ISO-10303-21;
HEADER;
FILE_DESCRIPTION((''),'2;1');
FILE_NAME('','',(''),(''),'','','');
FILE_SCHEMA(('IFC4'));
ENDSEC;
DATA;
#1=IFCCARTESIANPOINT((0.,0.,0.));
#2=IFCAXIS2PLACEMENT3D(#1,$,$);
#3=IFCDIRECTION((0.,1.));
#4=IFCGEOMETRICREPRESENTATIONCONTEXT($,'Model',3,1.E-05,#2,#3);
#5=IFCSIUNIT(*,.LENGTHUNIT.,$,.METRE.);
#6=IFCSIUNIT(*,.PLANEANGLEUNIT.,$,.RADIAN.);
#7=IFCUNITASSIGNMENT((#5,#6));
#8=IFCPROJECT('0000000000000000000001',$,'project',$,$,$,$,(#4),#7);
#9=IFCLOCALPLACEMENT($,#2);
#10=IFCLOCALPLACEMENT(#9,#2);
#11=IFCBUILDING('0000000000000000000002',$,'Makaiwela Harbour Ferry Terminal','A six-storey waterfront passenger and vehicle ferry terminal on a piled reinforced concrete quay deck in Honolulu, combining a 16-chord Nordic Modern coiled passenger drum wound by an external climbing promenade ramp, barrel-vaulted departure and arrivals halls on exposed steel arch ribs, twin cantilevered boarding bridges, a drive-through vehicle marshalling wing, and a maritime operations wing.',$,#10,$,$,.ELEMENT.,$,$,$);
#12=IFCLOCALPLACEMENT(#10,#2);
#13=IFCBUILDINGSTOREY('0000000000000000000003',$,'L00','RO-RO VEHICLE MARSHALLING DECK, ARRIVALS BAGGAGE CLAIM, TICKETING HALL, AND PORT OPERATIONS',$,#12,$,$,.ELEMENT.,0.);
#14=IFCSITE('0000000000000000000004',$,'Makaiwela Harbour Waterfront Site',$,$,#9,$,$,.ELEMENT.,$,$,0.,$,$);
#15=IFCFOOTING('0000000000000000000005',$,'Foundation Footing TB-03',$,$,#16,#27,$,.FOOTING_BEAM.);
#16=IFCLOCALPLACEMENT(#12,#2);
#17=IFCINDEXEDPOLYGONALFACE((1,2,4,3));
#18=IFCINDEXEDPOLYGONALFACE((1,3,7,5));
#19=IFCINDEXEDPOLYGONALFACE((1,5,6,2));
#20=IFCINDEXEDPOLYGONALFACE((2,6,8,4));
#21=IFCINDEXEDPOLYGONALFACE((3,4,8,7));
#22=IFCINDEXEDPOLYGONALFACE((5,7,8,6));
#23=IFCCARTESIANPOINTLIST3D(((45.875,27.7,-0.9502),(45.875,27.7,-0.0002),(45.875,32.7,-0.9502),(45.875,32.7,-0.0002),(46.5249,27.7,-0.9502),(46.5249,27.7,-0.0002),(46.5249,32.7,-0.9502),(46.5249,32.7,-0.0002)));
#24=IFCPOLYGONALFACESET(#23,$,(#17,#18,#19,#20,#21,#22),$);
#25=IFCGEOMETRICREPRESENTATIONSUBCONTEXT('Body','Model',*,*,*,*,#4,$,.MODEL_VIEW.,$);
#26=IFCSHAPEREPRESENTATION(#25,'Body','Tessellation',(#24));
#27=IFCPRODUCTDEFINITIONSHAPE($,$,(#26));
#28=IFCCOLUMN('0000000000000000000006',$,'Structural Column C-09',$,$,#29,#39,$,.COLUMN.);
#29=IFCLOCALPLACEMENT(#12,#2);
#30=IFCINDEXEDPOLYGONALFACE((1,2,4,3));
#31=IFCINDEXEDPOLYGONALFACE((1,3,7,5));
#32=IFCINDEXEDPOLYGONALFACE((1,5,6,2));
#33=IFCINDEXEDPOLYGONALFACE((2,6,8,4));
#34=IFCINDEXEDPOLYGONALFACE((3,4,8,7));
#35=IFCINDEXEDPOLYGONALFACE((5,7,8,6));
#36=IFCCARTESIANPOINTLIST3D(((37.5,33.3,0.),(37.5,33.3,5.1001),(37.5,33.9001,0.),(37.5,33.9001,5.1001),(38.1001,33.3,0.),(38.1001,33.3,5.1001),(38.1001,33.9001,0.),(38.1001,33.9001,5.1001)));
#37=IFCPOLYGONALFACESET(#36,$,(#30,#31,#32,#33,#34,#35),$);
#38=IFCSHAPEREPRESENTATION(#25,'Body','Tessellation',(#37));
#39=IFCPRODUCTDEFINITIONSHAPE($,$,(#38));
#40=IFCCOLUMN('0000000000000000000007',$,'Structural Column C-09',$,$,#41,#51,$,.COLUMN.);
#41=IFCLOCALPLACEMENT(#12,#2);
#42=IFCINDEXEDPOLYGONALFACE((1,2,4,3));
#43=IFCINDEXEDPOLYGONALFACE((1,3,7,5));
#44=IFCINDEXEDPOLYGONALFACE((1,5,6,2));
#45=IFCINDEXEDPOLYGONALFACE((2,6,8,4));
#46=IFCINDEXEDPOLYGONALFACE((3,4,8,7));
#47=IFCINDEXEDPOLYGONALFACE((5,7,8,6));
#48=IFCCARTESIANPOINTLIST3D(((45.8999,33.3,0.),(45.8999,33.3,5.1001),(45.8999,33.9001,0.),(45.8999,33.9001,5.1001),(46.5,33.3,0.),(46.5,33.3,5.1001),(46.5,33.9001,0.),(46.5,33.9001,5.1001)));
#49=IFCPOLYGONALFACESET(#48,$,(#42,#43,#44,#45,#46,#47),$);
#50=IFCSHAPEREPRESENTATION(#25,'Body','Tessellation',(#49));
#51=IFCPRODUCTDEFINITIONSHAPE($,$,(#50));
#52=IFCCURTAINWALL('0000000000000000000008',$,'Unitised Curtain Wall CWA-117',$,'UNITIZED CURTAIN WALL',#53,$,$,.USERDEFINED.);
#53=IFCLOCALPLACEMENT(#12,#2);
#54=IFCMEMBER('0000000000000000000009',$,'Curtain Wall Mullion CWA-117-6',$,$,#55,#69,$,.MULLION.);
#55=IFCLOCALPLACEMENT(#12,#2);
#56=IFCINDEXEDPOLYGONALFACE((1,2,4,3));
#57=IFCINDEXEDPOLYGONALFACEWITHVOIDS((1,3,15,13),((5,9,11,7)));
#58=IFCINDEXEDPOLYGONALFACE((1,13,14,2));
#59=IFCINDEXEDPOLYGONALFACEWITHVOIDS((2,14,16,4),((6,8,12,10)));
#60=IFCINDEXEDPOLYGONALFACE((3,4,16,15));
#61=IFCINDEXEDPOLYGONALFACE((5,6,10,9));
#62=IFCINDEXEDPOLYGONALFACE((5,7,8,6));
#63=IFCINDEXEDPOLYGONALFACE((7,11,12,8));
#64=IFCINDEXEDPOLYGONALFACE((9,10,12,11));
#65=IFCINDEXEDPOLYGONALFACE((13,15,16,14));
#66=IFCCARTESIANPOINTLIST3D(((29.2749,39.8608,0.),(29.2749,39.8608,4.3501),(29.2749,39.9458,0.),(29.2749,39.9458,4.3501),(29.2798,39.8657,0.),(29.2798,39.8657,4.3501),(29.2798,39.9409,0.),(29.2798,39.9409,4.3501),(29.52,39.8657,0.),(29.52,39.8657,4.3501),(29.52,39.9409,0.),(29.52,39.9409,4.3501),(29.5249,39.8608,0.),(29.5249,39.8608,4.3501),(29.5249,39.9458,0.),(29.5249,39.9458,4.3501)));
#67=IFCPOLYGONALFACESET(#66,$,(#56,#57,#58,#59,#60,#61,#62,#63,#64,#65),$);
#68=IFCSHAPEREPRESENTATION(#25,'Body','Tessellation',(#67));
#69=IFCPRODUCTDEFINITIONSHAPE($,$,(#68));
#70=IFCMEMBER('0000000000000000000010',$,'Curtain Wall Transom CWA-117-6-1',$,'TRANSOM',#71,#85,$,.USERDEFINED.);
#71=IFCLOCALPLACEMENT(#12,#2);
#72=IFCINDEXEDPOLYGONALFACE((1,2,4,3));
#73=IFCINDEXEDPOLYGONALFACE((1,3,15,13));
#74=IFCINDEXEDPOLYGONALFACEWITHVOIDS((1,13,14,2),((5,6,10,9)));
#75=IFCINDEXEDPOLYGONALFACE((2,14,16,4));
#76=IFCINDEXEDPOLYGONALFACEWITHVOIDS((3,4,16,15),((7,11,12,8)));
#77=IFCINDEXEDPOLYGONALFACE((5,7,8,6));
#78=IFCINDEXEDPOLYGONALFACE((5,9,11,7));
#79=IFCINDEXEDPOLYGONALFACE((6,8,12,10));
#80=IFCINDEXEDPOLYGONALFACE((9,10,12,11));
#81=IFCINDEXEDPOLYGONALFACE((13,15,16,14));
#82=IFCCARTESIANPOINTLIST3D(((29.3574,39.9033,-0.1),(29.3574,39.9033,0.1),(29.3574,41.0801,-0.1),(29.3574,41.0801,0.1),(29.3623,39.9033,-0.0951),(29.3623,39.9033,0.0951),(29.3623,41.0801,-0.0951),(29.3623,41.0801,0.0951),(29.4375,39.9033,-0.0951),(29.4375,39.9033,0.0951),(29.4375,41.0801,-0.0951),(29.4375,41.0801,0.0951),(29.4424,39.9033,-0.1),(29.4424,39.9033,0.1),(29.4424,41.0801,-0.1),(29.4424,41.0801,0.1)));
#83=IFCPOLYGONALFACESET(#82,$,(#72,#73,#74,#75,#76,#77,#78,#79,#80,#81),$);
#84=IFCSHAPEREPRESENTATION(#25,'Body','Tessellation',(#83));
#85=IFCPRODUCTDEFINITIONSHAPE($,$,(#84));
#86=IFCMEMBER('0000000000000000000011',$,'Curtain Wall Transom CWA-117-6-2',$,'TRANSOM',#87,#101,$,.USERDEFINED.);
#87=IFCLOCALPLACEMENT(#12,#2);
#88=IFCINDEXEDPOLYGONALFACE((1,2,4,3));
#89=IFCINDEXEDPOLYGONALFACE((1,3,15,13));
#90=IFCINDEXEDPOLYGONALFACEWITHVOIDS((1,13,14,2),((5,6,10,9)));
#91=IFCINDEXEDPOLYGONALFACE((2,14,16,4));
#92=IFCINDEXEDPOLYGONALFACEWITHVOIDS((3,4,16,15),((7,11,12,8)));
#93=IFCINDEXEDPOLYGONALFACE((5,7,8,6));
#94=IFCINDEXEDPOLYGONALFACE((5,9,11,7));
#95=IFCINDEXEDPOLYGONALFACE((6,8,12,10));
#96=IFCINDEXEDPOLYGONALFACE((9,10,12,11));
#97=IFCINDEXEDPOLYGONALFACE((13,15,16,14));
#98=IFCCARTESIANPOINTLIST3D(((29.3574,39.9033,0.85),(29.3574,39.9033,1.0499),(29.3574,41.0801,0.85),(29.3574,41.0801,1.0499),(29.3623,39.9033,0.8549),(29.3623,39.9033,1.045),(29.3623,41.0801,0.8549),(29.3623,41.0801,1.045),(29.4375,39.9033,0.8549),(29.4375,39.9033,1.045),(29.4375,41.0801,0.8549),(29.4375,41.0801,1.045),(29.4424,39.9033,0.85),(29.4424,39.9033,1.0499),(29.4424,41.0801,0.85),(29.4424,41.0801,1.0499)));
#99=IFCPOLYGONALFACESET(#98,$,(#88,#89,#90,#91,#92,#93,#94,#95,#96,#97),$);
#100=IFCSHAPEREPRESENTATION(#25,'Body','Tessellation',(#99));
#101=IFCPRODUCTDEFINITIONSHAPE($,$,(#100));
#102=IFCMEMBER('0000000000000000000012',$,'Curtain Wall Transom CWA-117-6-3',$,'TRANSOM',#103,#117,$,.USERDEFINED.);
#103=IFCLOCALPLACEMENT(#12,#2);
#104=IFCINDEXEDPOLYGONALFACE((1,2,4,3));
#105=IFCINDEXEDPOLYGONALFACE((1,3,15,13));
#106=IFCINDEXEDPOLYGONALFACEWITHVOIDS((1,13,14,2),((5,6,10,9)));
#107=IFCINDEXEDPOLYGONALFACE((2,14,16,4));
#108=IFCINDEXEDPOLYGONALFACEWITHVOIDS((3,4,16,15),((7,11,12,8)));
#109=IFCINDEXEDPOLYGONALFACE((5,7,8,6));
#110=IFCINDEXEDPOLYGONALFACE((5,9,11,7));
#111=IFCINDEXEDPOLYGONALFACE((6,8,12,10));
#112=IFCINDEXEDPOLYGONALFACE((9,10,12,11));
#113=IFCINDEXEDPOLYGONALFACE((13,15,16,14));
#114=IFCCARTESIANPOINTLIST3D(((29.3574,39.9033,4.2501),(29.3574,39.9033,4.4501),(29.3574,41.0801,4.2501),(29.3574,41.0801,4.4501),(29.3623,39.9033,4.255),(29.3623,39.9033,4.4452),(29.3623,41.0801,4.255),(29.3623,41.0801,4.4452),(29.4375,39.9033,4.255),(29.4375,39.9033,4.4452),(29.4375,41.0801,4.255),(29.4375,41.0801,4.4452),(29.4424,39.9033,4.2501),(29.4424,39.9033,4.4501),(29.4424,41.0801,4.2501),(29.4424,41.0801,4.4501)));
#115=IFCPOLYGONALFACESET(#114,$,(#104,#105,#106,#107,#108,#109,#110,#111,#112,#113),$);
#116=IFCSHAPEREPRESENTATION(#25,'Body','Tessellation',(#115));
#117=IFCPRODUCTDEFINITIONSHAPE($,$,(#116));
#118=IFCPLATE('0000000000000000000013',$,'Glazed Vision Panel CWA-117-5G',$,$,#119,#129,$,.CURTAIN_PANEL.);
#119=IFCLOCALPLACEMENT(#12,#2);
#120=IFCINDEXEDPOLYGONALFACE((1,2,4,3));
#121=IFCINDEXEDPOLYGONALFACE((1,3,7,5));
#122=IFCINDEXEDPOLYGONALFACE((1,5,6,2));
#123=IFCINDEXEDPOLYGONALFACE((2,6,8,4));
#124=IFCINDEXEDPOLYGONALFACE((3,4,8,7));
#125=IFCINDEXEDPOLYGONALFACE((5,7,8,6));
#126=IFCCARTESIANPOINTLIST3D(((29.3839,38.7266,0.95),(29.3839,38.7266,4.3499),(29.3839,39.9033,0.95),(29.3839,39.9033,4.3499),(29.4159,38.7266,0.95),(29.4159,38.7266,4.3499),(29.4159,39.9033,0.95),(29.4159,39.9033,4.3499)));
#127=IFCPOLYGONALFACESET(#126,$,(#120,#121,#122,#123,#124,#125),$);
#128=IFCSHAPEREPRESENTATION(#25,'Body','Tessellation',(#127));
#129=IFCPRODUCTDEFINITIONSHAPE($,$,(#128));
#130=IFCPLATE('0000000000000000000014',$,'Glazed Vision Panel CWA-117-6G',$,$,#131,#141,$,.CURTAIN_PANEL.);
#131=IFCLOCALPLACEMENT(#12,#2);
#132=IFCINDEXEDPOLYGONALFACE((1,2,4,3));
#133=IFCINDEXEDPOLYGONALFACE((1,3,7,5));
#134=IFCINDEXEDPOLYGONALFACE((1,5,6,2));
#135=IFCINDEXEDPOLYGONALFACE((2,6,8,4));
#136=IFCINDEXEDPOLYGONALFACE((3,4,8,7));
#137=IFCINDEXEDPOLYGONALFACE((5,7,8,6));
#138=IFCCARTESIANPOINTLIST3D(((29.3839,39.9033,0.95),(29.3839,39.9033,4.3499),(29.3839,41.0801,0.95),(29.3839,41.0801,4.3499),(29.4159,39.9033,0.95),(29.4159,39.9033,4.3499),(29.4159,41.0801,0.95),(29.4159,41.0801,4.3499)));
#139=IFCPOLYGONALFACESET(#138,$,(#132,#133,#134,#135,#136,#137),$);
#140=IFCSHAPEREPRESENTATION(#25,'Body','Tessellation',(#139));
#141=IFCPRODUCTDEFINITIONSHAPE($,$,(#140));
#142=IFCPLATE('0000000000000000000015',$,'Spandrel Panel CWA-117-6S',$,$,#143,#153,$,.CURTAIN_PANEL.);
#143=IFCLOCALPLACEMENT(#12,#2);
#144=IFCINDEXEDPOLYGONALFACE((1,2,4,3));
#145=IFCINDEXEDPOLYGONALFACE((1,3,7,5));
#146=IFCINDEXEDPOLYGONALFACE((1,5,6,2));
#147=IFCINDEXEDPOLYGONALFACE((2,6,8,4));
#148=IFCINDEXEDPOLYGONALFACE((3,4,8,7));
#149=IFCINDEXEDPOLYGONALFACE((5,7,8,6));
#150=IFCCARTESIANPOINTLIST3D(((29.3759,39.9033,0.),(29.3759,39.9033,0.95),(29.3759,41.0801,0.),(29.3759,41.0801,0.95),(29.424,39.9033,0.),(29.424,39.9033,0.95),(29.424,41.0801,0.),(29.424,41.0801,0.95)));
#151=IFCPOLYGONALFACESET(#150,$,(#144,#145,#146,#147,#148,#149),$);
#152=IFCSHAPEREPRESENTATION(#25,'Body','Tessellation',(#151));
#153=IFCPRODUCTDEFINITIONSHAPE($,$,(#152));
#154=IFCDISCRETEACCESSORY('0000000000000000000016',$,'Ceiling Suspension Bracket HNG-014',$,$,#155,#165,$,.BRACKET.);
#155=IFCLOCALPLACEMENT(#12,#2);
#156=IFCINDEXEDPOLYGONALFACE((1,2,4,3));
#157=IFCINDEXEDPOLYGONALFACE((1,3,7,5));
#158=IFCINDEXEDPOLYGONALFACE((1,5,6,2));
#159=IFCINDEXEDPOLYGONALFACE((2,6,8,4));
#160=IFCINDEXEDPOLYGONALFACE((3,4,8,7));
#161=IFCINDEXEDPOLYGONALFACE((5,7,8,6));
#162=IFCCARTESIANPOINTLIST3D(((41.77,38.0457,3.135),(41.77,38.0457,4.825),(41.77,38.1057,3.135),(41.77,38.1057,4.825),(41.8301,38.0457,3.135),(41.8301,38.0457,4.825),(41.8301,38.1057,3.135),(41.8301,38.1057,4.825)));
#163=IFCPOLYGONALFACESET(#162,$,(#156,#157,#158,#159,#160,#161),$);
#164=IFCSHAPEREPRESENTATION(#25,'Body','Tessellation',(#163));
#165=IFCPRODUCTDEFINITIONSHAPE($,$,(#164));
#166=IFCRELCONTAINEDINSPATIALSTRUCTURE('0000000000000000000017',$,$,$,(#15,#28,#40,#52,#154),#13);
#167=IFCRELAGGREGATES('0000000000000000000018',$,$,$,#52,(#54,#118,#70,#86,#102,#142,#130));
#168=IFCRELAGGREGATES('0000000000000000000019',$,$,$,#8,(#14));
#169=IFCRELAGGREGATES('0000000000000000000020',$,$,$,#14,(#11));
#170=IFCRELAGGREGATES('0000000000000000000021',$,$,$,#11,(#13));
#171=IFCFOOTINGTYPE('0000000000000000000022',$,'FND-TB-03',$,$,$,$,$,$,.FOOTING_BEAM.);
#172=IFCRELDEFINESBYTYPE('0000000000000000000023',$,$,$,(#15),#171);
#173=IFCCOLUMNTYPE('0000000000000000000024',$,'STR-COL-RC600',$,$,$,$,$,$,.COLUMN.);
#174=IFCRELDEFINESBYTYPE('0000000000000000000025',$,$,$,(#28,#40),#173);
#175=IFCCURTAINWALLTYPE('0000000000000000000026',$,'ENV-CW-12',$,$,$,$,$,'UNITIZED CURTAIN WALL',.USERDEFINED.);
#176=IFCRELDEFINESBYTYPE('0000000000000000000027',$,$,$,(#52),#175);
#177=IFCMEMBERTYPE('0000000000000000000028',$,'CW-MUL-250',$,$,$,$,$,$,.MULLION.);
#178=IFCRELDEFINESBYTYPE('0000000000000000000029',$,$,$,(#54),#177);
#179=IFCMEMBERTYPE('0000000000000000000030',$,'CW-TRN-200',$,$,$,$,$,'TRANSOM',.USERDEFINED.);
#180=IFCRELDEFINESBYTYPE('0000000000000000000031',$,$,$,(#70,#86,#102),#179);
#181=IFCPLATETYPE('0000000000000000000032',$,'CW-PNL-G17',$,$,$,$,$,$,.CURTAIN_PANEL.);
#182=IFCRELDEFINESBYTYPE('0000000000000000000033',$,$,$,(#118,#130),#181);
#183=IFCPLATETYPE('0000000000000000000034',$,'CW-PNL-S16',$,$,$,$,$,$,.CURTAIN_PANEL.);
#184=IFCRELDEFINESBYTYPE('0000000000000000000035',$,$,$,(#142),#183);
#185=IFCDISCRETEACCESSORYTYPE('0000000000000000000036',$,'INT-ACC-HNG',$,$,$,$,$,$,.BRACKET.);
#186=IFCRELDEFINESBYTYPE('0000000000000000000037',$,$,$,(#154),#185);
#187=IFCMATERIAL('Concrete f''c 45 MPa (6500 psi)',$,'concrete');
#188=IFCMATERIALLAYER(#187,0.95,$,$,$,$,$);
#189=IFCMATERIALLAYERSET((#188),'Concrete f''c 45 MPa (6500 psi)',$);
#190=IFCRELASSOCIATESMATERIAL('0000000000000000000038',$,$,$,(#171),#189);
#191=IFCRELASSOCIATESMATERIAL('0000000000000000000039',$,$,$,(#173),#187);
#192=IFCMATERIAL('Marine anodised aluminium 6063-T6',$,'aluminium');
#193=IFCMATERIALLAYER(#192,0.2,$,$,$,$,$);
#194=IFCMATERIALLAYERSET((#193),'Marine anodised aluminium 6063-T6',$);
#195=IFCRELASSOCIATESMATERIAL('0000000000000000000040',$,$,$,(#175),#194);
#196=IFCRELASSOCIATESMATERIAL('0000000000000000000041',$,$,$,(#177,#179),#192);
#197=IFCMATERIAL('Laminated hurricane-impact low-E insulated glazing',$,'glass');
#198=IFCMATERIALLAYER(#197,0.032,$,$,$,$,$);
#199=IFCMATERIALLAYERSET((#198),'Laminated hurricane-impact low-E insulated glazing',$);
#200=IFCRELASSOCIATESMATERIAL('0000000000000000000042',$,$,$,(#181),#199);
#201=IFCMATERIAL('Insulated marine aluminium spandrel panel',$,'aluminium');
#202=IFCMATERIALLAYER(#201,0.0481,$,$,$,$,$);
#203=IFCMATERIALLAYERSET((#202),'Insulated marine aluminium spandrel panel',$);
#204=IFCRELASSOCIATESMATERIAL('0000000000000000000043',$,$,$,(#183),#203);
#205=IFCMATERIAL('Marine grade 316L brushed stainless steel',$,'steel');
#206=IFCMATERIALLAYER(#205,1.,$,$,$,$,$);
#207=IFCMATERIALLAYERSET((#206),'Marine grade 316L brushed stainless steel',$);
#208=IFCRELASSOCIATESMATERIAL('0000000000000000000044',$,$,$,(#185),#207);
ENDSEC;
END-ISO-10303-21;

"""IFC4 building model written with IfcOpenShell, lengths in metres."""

from ifc_helpers import new_model, si_unit, direction, frame, origin, origin_2d, place, context, subcontext, project, spatial, rectangle, hollow_rectangle, extrude, material, layer, layer_set, material_profile, profile_set, type_object, element, aggregate, save


model = new_model("IFC4")

# Units and contexts
model_context = context("Model", 3, precision=1e-05, world=origin(), true_north=direction((0.0, 1.0)))
body_context = subcontext(model_context, "Body", "Model", "MODEL_VIEW")
ifc_project = project(units=[si_unit("LENGTHUNIT", "METRE"), si_unit("PLANEANGLEUNIT", "RADIAN")], contexts=[model_context])

# Site, building, storey
site_placement = place(None, origin())
site = spatial("IfcSite", under=ifc_project, at=site_placement, Name="Makaiwela Harbour Waterfront Site", CompositionType="ELEMENT", RefElevation=0.0)
building_placement = place(site_placement, origin())
building = spatial("IfcBuilding", under=site, at=building_placement, Name="Makaiwela Harbour Ferry Terminal", Description="A six-storey waterfront passenger and vehicle ferry terminal on a piled reinforced concrete quay deck in Honolulu, combining a 16-chord Nordic Modern coiled passenger drum wound by an external climbing promenade ramp, barrel-vaulted departure and arrivals halls on exposed steel arch ribs, twin cantilevered boarding bridges, a drive-through vehicle marshalling wing, and a maritime operations wing.", CompositionType="ELEMENT")
storey_placement = place(building_placement, origin())
storey = spatial("IfcBuildingStorey", under=building, at=storey_placement, Name="L00", Description="RO-RO VEHICLE MARSHALLING DECK, ARRIVALS BAGGAGE CLAIM, TICKETING HALL, AND PORT OPERATIONS", CompositionType="ELEMENT", Elevation=0.0)

# Shared definitions
ifc_material_1 = material(Name="Concrete f'c 45 MPa (6500 psi)", Category="concrete")

# Footing
ifc_layer_1 = layer(ifc_material_1, 0.95)
ifc_layer_set_1 = layer_set([ifc_layer_1], Name="Concrete f'c 45 MPa (6500 psi)")
footing_type_1 = type_object("IfcFootingType", Name="FND-TB-03", PredefinedType="FOOTING_BEAM", material=ifc_layer_set_1)
footing_1_placement = place(storey_placement, frame((46.2, 30.2, -0.9502), z_axis=(0.0, 0.0, 1.0), x_axis=(0.0, 1.0, 0.0)))
element("IfcFooting", 1, at=footing_1_placement, inside=storey, type_object=footing_type_1, Name="Foundation Footing TB-03", PredefinedType="FOOTING_BEAM", context=body_context, shape_type="SweptSolid", body=[
    extrude(rectangle(XDim=5.0, YDim=0.6499, at=origin_2d()), origin(), (0.0, 0.0, 1.0), 0.95),
])

# Columns
ifc_material_profile_1 = material_profile(ifc_material_1, rectangle(XDim=0.6001, YDim=0.6001, at=origin_2d()), Name="RC-600X600")
ifc_profile_set_1 = profile_set([ifc_material_profile_1], Name="Concrete f'c 45 MPa (6500 psi)")
column_type = type_object("IfcColumnType", Name="STR-COL-RC600", PredefinedType="COLUMN", material=ifc_profile_set_1)
for number, where, z_axis, x_axis, name in (
    (2, (37.8, 33.6001, 0.0), (0.0, 0.0, 1.0), (1.0, 0.0, 0.0), "Structural Column C-09"),
    (3, (46.2, 33.6001, 0.0), (0.0, 0.0, 1.0), (1.0, 0.0, 0.0), "Structural Column C-09"),
):
    element("IfcColumn", number, at=place(storey_placement, frame(where, z_axis=z_axis, x_axis=x_axis)), inside=storey, type_object=column_type, Name=name, PredefinedType="COLUMN", context=body_context, shape_type="SweptSolid", body=[
        extrude(rectangle(XDim=0.6001, YDim=0.6001, at=origin_2d()), origin(), (0.0, 0.0, 1.0), 5.1001),
    ])

# Curtain wall, members, plates
ifc_material_2 = material(Name="Marine anodised aluminium 6063-T6", Category="aluminium")
ifc_layer_2 = layer(ifc_material_2, 0.2)
ifc_layer_set_2 = layer_set([ifc_layer_2], Name="Marine anodised aluminium 6063-T6")
curtain_wall_type = type_object("IfcCurtainWallType", Name="ENV-CW-12", ElementType="UNITIZED CURTAIN WALL", PredefinedType="USERDEFINED", material=ifc_layer_set_2)
curtain_wall_placement = place(storey_placement, origin())
curtain_wall = element("IfcCurtainWall", 4, at=curtain_wall_placement, inside=storey, type_object=curtain_wall_type, Name="Unitised Curtain Wall CWA-117", ObjectType="UNITIZED CURTAIN WALL", PredefinedType="USERDEFINED")
ifc_material_profile_2 = material_profile(ifc_material_2, hollow_rectangle(XDim=0.085, YDim=0.25, WallThickness=0.0049, at=origin_2d()), Name="CWM-250X85")
ifc_profile_set_2 = profile_set([ifc_material_profile_2], Name="Marine anodised aluminium 6063-T6")
member_type_1 = type_object("IfcMemberType", Name="CW-MUL-250", PredefinedType="MULLION", material=ifc_profile_set_2)
member_1_placement = place(storey_placement, frame((29.3999, 39.9033, 0.0), z_axis=(0.0, 0.0, 1.0), x_axis=(0.0, 1.0, 0.0)))
member_1 = element("IfcMember", 5, at=member_1_placement, type_object=member_type_1, Name="Curtain Wall Mullion CWA-117-6", PredefinedType="MULLION", context=body_context, shape_type="SweptSolid", body=[
    extrude(hollow_rectangle(XDim=0.085, YDim=0.25, WallThickness=0.0049, at=origin_2d()), origin(), (0.0, 0.0, 1.0), 4.3501),
])
ifc_material_profile_3 = material_profile(ifc_material_2, hollow_rectangle(XDim=0.085, YDim=0.2, WallThickness=0.0049, at=origin_2d()), Name="CWT-200X85")
ifc_profile_set_3 = profile_set([ifc_material_profile_3], Name="Marine anodised aluminium 6063-T6")
member_type_2 = type_object("IfcMemberType", Name="CW-TRN-200", ElementType="TRANSOM", PredefinedType="USERDEFINED", material=ifc_profile_set_3)
member_2_placement = place(storey_placement, frame((29.3999, 39.9033, 0.0), z_axis=(0.0, 1.0, 0.0), x_axis=(-1.0, 0.0, 0.0)))
member_2 = element("IfcMember", 6, at=member_2_placement, type_object=member_type_2, Name="Curtain Wall Transom CWA-117-6-1", ObjectType="TRANSOM", PredefinedType="USERDEFINED", context=body_context, shape_type="SweptSolid", body=[
    extrude(hollow_rectangle(XDim=0.085, YDim=0.2, WallThickness=0.0049, at=origin_2d()), origin(), (0.0, 0.0, 1.0), 1.1768),
])
member_3_placement = place(storey_placement, frame((29.3999, 39.9033, 0.95), z_axis=(0.0, 1.0, 0.0), x_axis=(-1.0, 0.0, 0.0)))
member_3 = element("IfcMember", 7, at=member_3_placement, type_object=member_type_2, Name="Curtain Wall Transom CWA-117-6-2", ObjectType="TRANSOM", PredefinedType="USERDEFINED", context=body_context, shape_type="SweptSolid", body=[
    extrude(hollow_rectangle(XDim=0.085, YDim=0.2, WallThickness=0.0049, at=origin_2d()), origin(), (0.0, 0.0, 1.0), 1.1768),
])
member_4_placement = place(storey_placement, frame((29.3999, 39.9033, 4.3501), z_axis=(0.0, 1.0, 0.0), x_axis=(-1.0, 0.0, 0.0)))
member_4 = element("IfcMember", 8, at=member_4_placement, type_object=member_type_2, Name="Curtain Wall Transom CWA-117-6-3", ObjectType="TRANSOM", PredefinedType="USERDEFINED", context=body_context, shape_type="SweptSolid", body=[
    extrude(hollow_rectangle(XDim=0.085, YDim=0.2, WallThickness=0.0049, at=origin_2d()), origin(), (0.0, 0.0, 1.0), 1.1768),
])
ifc_material_3 = material(Name="Laminated hurricane-impact low-E insulated glazing", Category="glass")
ifc_layer_3 = layer(ifc_material_3, 0.032)
ifc_layer_set_3 = layer_set([ifc_layer_3], Name="Laminated hurricane-impact low-E insulated glazing")
plate_type_1 = type_object("IfcPlateType", Name="CW-PNL-G17", PredefinedType="CURTAIN_PANEL", material=ifc_layer_set_3)
plate_1_placement = place(storey_placement, frame((29.3999, 39.3149, 0.95), z_axis=(0.0, 0.0, 1.0), x_axis=(0.0, 1.0, 0.0)))
plate_1 = element("IfcPlate", 9, at=plate_1_placement, type_object=plate_type_1, Name="Glazed Vision Panel CWA-117-5G", PredefinedType="CURTAIN_PANEL", context=body_context, shape_type="SweptSolid", body=[
    extrude(rectangle(XDim=1.1768, YDim=0.032, at=origin_2d()), origin(), (0.0, 0.0, 1.0), 3.3999),
])
plate_2_placement = place(storey_placement, frame((29.3999, 40.4917, 0.95), z_axis=(0.0, 0.0, 1.0), x_axis=(0.0, 1.0, 0.0)))
plate_2 = element("IfcPlate", 10, at=plate_2_placement, type_object=plate_type_1, Name="Glazed Vision Panel CWA-117-6G", PredefinedType="CURTAIN_PANEL", context=body_context, shape_type="SweptSolid", body=[
    extrude(rectangle(XDim=1.1768, YDim=0.032, at=origin_2d()), origin(), (0.0, 0.0, 1.0), 3.3999),
])
ifc_material_4 = material(Name="Insulated marine aluminium spandrel panel", Category="aluminium")
ifc_layer_4 = layer(ifc_material_4, 0.0481)
ifc_layer_set_4 = layer_set([ifc_layer_4], Name="Insulated marine aluminium spandrel panel")
plate_type_2 = type_object("IfcPlateType", Name="CW-PNL-S16", PredefinedType="CURTAIN_PANEL", material=ifc_layer_set_4)
plate_3_placement = place(storey_placement, frame((29.3999, 40.4917, 0.0), z_axis=(0.0, 0.0, 1.0), x_axis=(0.0, 1.0, 0.0)))
plate_3 = element("IfcPlate", 11, at=plate_3_placement, type_object=plate_type_2, Name="Spandrel Panel CWA-117-6S", PredefinedType="CURTAIN_PANEL", context=body_context, shape_type="SweptSolid", body=[
    extrude(rectangle(XDim=1.1768, YDim=0.0481, at=origin_2d()), origin(), (0.0, 0.0, 1.0), 0.95),
])
aggregate(curtain_wall, [member_1, plate_1, member_2, member_3, member_4, plate_3, plate_2])

# Discrete accessory
ifc_material_5 = material(Name="Marine grade 316L brushed stainless steel", Category="steel")
ifc_layer_5 = layer(ifc_material_5, 1.0)
ifc_layer_set_5 = layer_set([ifc_layer_5], Name="Marine grade 316L brushed stainless steel")
discrete_accessory_type = type_object("IfcDiscreteAccessoryType", Name="INT-ACC-HNG", PredefinedType="BRACKET", material=ifc_layer_set_5)
discrete_accessory_placement = place(storey_placement, frame((41.8, 38.0757, 3.135), z_axis=(0.0, 0.0, 1.0), x_axis=(1.0, 0.0, 0.0)))
element("IfcDiscreteAccessory", 12, at=discrete_accessory_placement, inside=storey, type_object=discrete_accessory_type, Name="Ceiling Suspension Bracket HNG-014", PredefinedType="BRACKET", context=body_context, shape_type="SweptSolid", body=[
    extrude(rectangle(XDim=0.0601, YDim=0.0601, at=origin_2d()), origin(), (0.0, 0.0, 1.0), 1.6899),
])

save(model, "model.ifc")
